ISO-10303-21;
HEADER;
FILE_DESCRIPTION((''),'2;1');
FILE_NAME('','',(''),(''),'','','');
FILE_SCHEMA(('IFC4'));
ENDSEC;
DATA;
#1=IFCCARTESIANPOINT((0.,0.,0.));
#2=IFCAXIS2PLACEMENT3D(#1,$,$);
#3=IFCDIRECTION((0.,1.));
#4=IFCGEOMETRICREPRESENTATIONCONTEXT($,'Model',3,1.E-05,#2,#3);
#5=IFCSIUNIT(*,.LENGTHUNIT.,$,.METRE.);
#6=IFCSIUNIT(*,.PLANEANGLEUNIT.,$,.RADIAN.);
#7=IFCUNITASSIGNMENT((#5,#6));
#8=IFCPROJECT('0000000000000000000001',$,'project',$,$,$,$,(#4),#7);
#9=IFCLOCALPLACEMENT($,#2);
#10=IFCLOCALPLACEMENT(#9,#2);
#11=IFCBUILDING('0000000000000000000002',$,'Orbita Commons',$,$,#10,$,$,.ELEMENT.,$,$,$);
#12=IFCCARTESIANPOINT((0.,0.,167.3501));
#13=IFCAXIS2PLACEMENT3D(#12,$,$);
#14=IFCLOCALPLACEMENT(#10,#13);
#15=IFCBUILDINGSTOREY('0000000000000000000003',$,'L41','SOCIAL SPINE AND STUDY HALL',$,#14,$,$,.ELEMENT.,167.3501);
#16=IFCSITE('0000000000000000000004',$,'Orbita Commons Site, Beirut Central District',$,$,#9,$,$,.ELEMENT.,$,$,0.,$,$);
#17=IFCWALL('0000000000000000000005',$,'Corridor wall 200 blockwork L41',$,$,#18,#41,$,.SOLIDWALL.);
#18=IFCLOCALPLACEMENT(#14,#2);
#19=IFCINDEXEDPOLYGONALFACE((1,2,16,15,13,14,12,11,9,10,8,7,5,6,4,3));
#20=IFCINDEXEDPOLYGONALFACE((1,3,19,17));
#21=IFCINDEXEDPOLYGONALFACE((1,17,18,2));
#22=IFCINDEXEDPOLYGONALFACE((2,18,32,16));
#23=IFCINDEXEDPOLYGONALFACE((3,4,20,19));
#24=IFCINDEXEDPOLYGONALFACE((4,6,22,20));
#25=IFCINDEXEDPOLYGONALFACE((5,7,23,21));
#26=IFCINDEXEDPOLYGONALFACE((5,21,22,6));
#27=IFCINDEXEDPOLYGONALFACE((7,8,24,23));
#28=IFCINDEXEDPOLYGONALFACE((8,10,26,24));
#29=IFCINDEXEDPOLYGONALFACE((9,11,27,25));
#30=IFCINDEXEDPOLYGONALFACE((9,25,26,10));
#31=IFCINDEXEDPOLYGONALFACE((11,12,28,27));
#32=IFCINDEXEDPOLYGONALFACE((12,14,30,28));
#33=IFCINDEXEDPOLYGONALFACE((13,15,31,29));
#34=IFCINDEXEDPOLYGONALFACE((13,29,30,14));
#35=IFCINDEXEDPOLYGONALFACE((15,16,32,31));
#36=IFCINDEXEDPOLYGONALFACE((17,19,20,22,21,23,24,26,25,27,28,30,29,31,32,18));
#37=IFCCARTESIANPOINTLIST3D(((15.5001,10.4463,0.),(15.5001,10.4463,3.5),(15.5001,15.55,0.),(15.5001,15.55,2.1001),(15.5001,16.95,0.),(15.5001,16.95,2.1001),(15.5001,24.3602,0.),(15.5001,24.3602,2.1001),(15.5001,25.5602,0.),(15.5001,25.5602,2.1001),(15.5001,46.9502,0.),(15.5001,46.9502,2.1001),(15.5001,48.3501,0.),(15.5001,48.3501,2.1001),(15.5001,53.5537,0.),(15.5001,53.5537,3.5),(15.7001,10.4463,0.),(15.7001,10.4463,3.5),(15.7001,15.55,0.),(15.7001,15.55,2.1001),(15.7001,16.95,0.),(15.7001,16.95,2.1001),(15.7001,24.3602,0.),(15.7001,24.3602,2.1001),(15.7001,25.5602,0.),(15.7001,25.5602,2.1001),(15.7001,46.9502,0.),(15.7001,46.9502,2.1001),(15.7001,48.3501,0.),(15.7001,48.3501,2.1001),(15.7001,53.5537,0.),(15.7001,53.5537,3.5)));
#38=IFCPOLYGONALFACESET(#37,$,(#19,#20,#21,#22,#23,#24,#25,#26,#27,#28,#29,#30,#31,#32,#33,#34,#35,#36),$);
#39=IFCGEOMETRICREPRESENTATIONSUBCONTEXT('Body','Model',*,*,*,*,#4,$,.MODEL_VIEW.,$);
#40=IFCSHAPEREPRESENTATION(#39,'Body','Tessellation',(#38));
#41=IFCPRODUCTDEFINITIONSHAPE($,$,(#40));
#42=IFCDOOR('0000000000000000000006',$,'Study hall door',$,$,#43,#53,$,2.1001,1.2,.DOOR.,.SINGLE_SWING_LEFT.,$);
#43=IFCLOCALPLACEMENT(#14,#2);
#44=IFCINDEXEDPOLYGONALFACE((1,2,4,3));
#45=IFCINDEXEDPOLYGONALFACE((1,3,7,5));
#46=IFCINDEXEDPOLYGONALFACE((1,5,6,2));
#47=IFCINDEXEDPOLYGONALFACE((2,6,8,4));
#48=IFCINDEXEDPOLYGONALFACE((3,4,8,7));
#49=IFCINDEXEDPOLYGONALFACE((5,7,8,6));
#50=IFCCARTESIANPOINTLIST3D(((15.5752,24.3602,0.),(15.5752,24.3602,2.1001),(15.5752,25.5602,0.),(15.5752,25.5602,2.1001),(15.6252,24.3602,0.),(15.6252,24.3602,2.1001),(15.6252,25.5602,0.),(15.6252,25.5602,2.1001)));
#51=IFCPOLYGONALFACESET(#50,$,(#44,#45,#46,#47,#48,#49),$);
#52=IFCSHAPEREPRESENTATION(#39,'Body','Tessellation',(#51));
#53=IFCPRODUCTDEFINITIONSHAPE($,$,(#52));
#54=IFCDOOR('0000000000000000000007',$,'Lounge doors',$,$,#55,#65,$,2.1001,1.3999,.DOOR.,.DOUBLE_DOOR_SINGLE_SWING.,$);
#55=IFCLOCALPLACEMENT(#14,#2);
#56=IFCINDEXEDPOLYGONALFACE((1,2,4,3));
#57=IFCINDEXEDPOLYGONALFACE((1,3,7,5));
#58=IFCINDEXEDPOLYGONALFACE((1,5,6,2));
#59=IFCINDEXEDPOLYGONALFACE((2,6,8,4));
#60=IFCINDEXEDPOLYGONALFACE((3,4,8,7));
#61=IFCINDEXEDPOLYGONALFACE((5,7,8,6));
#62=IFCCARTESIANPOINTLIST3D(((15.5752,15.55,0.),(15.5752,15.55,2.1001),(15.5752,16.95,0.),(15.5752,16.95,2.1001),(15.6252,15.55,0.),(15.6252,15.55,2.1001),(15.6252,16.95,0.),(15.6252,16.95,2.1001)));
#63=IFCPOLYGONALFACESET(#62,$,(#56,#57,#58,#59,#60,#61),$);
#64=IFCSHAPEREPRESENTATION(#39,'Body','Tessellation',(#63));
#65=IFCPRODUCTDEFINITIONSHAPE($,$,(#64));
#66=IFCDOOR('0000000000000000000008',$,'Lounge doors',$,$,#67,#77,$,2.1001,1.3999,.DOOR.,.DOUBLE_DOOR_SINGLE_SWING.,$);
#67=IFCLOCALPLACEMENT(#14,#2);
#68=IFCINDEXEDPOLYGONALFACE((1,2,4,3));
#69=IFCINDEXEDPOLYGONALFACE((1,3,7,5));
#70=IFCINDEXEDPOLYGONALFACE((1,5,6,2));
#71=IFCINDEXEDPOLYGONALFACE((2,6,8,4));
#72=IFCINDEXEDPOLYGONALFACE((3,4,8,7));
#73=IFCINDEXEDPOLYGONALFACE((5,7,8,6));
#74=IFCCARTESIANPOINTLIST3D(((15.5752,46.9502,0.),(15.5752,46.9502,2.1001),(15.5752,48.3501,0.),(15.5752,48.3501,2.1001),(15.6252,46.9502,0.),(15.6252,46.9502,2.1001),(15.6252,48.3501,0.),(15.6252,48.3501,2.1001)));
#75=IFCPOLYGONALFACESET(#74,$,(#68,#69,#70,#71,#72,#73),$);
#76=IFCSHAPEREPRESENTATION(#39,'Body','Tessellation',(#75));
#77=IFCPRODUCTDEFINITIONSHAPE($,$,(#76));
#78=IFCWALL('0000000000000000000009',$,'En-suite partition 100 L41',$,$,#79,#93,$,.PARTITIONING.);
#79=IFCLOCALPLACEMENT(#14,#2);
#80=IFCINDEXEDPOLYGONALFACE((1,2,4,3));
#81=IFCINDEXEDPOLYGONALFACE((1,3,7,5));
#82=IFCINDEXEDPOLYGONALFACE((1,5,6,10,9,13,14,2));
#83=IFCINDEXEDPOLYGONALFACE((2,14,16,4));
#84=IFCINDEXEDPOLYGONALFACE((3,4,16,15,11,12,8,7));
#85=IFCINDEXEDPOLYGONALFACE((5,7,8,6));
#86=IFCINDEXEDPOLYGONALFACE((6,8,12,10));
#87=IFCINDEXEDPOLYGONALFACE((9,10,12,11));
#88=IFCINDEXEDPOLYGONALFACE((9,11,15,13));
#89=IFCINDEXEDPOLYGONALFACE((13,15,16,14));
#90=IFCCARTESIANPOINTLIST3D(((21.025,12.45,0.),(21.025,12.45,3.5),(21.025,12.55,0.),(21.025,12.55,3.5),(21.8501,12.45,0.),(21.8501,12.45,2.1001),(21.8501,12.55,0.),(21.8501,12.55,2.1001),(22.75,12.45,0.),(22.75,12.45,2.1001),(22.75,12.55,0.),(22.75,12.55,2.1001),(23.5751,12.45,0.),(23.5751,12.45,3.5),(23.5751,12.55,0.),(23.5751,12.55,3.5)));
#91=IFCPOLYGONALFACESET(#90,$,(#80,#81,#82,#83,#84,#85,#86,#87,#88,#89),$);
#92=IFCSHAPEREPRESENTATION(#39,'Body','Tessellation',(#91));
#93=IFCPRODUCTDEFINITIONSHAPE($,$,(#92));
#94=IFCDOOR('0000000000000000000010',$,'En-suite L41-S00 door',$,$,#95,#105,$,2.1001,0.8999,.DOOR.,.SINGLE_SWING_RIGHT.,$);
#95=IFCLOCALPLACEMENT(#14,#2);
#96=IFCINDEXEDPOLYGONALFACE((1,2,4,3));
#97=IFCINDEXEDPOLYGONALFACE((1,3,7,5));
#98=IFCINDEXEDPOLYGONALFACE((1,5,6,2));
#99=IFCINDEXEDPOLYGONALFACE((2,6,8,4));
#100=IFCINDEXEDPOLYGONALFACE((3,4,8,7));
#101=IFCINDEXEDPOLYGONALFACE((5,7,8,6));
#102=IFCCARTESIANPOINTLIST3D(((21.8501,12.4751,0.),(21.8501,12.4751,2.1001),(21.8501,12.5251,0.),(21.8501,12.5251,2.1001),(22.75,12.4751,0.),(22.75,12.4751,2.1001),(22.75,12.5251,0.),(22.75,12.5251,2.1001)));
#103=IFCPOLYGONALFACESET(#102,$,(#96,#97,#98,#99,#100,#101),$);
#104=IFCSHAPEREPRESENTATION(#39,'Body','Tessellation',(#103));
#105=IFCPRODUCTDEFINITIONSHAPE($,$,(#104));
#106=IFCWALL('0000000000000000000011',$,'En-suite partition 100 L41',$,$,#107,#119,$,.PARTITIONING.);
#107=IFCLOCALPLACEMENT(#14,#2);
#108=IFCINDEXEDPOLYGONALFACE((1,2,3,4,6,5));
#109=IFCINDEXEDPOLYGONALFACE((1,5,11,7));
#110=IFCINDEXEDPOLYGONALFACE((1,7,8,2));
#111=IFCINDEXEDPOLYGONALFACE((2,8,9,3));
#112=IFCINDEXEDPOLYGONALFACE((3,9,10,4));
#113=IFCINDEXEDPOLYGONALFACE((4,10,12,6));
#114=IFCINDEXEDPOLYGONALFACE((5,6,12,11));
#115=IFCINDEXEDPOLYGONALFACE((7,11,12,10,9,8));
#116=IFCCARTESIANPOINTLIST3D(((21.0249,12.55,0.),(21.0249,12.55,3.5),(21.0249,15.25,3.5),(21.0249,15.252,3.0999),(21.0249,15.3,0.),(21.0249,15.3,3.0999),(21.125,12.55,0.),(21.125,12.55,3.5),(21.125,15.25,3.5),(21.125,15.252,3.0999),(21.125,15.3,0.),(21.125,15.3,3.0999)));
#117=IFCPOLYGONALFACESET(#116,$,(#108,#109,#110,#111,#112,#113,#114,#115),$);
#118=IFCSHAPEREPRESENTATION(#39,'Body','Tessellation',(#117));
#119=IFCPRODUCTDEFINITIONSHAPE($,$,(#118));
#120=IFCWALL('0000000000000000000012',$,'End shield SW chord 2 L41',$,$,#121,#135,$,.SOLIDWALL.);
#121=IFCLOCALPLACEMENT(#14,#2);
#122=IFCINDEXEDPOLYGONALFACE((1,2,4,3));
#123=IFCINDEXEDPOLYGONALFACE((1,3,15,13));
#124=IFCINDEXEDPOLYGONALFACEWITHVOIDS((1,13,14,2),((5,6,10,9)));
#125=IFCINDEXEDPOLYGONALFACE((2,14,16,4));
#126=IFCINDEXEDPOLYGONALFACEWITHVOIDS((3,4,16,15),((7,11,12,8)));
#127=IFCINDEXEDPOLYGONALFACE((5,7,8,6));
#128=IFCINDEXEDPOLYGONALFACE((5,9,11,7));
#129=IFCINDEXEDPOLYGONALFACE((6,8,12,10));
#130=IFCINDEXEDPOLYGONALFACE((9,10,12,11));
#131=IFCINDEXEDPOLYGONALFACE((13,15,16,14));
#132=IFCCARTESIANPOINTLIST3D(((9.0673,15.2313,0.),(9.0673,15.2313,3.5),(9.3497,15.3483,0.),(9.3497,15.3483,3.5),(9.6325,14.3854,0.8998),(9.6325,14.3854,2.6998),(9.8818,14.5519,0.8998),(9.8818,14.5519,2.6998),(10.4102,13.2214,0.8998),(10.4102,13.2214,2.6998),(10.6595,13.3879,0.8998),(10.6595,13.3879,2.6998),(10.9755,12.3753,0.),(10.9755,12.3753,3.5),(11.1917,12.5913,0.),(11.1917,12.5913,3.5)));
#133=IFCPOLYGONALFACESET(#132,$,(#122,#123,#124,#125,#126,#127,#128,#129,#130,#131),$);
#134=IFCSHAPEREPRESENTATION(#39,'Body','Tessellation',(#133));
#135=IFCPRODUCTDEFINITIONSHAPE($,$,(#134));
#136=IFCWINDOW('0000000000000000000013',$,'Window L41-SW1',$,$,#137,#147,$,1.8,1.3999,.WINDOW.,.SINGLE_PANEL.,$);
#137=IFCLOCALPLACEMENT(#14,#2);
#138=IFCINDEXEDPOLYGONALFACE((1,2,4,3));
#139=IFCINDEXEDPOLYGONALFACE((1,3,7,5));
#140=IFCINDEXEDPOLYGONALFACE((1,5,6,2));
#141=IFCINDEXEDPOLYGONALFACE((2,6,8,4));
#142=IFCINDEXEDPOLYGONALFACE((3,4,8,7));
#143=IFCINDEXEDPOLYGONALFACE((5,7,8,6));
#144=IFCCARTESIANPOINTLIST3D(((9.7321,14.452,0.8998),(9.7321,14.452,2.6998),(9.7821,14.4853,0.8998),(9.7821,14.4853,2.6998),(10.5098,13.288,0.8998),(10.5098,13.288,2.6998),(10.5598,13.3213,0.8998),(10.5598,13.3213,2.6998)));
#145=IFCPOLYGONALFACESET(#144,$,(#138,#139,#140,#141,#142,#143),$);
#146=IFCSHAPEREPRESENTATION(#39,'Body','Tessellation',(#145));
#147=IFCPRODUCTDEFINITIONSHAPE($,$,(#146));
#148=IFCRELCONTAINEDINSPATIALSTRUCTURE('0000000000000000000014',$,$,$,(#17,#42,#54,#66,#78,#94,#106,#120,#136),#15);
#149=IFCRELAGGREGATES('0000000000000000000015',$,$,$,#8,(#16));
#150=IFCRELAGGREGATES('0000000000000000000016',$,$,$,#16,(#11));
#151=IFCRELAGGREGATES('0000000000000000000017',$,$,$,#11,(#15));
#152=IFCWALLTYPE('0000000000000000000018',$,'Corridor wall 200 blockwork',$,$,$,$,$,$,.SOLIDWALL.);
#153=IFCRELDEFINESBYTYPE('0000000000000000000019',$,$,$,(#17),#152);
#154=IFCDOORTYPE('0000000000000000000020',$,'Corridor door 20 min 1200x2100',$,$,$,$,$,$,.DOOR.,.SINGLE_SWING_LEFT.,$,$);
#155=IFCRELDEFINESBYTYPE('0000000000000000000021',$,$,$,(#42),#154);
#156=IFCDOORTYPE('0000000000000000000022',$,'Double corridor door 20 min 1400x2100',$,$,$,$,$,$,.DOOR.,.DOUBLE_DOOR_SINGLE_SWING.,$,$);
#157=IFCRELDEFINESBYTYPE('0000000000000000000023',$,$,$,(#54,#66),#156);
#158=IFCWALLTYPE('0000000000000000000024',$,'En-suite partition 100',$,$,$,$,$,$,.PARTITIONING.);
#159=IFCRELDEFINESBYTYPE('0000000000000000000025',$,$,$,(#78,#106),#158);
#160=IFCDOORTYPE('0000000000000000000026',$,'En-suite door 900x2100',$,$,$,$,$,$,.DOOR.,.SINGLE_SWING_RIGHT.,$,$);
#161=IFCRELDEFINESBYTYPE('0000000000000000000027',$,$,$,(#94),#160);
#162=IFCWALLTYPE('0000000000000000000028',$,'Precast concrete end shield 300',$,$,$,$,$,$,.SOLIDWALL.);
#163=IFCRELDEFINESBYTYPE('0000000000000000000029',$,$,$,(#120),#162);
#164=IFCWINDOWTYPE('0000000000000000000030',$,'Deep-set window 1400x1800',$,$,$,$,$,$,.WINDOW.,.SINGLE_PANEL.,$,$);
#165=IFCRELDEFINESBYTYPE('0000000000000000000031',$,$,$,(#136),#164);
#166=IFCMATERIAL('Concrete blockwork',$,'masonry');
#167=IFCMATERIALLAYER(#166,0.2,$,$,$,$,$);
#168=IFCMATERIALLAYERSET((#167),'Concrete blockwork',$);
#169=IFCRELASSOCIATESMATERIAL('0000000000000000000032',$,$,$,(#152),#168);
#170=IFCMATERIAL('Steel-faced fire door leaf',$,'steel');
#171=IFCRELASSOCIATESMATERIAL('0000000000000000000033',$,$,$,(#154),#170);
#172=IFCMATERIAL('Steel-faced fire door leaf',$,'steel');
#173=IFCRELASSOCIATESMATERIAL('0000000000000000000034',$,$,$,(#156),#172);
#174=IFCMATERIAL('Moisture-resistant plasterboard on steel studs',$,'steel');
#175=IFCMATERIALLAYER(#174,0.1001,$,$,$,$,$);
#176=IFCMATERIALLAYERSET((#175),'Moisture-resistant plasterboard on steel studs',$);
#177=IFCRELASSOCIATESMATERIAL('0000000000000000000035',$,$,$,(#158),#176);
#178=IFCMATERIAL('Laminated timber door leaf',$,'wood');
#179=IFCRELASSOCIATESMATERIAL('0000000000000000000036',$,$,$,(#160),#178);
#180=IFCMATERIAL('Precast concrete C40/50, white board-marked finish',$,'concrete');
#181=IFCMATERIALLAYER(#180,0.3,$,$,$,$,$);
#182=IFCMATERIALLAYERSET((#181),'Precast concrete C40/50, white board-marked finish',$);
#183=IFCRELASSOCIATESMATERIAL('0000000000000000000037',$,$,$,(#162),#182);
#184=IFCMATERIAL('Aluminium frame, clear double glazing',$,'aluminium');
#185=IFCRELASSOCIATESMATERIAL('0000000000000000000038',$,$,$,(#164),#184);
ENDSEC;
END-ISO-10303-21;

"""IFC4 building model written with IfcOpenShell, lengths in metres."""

from ifc_helpers import new_model, si_unit, direction, frame, frame_2d, origin, place, context, subcontext, project, spatial, polyline, rectangle, outline, extrude, material, layer, layer_set, type_object, element, fill, save


model = new_model("IFC4")

# Units and contexts
model_context = context("Model", 3, precision=1e-05, world=origin(), true_north=direction((0.0, 1.0)))
body_context = subcontext(model_context, "Body", "Model", "MODEL_VIEW")
ifc_project = project(units=[si_unit("LENGTHUNIT", "METRE"), si_unit("PLANEANGLEUNIT", "RADIAN")], contexts=[model_context])

# Site, building, storey
site_placement = place(None, origin())
site = spatial("IfcSite", under=ifc_project, at=site_placement, Name="Orbita Commons Site, Beirut Central District", CompositionType="ELEMENT", RefElevation=0.0)
building_placement = place(site_placement, origin())
building = spatial("IfcBuilding", under=site, at=building_placement, Name="Orbita Commons", CompositionType="ELEMENT")
storey_placement = place(building_placement, frame((0.0, 0.0, 167.3501)))
storey = spatial("IfcBuildingStorey", under=building, at=storey_placement, Name="L41", Description="SOCIAL SPINE AND STUDY HALL", CompositionType="ELEMENT", Elevation=167.3501)

# Shared definitions
ifc_material_1 = material(Name="Concrete blockwork", Category="masonry")
ifc_layer_1 = layer(ifc_material_1, 0.2)
ifc_layer_set_1 = layer_set([ifc_layer_1], Name="Concrete blockwork")
wall_type_1 = type_object("IfcWallType", Name="Corridor wall 200 blockwork", PredefinedType="SOLIDWALL", material=ifc_layer_set_1)

# Wall, openings, doors
wall_1_placement = place(storey_placement, frame((15.6001, 10.4463, 0.0), z_axis=(0.0, 0.0, 1.0), x_axis=(0.0, 1.0, 0.0)))
wall_1 = element("IfcWall", 1, at=wall_1_placement, inside=storey, type_object=wall_type_1, Name="Corridor wall 200 blockwork L41", PredefinedType="SOLIDWALL", context=body_context, shape_type="SweptSolid", body=[
    extrude(rectangle(XDim=43.1074, YDim=0.2, at=frame_2d((21.5537, 0.0))), origin(), (0.0, 0.0, 1.0), 3.5),
])
opening_1_placement = place(wall_1_placement, frame((13.9138, 0.0, 0.0)))
opening_1 = element("IfcOpeningElement", 2, at=opening_1_placement, cuts=wall_1, PredefinedType="OPENING", context=body_context, shape_type="SweptSolid", body=[
    extrude(rectangle(XDim=1.2, YDim=2.1001, at=frame_2d((0.6001, 1.05))), frame((0.0, 0.1099, 0.0), z_axis=(0.0, -1.0, 0.0), x_axis=(1.0, 0.0, 0.0)), (0.0, 0.0, 1.0), 0.22),
])
opening_2_placement = place(wall_1_placement, frame((5.1038, 0.0, 0.0)))
opening_2 = element("IfcOpeningElement", 3, at=opening_2_placement, cuts=wall_1, PredefinedType="OPENING", context=body_context, shape_type="SweptSolid", body=[
    extrude(rectangle(XDim=1.3999, YDim=2.1001, at=frame_2d((0.7, 1.05))), frame((0.0, 0.1099, 0.0), z_axis=(0.0, -1.0, 0.0), x_axis=(1.0, 0.0, 0.0)), (0.0, 0.0, 1.0), 0.22),
])
opening_3_placement = place(wall_1_placement, frame((36.5039, 0.0, 0.0)))
opening_3 = element("IfcOpeningElement", 4, at=opening_3_placement, cuts=wall_1, PredefinedType="OPENING", context=body_context, shape_type="SweptSolid", body=[
    extrude(rectangle(XDim=1.3999, YDim=2.1001, at=frame_2d((0.7, 1.05))), frame((0.0, 0.1099, 0.0), z_axis=(0.0, -1.0, 0.0), x_axis=(1.0, 0.0, 0.0)), (0.0, 0.0, 1.0), 0.22),
])
ifc_material_2 = material(Name="Steel-faced fire door leaf", Category="steel")
door_type_1 = type_object("IfcDoorType", Name="Corridor door 20 min 1200x2100", OperationType="SINGLE_SWING_LEFT", PredefinedType="DOOR", material=ifc_material_2)
door_1_placement = place(opening_1_placement, origin())
door_1 = element("IfcDoor", 5, at=door_1_placement, inside=storey, type_object=door_type_1, Name="Study hall door", OperationType="SINGLE_SWING_LEFT", OverallHeight=2.1001, OverallWidth=1.2, PredefinedType="DOOR", context=body_context, shape_type="SweptSolid", body=[
    extrude(rectangle(XDim=1.2, YDim=2.1001, at=frame_2d((0.6001, 1.05))), frame((0.0, 0.0249, 0.0), z_axis=(0.0, -1.0, 0.0), x_axis=(1.0, 0.0, 0.0)), (0.0, 0.0, 1.0), 0.05),
])
fill(opening_1, door_1)
ifc_material_3 = material(Name="Steel-faced fire door leaf", Category="steel")
door_type_2 = type_object("IfcDoorType", Name="Double corridor door 20 min 1400x2100", OperationType="DOUBLE_DOOR_SINGLE_SWING", PredefinedType="DOOR", material=ifc_material_3)
door_2_placement = place(opening_2_placement, origin())
door_2 = element("IfcDoor", 6, at=door_2_placement, inside=storey, type_object=door_type_2, Name="Lounge doors", OperationType="DOUBLE_DOOR_SINGLE_SWING", OverallHeight=2.1001, OverallWidth=1.3999, PredefinedType="DOOR", context=body_context, shape_type="SweptSolid", body=[
    extrude(rectangle(XDim=1.3999, YDim=2.1001, at=frame_2d((0.7, 1.05))), frame((0.0, 0.0249, 0.0), z_axis=(0.0, -1.0, 0.0), x_axis=(1.0, 0.0, 0.0)), (0.0, 0.0, 1.0), 0.05),
])
fill(opening_2, door_2)
door_3_placement = place(opening_3_placement, origin())
door_3 = element("IfcDoor", 7, at=door_3_placement, inside=storey, type_object=door_type_2, Name="Lounge doors", OperationType="DOUBLE_DOOR_SINGLE_SWING", OverallHeight=2.1001, OverallWidth=1.3999, PredefinedType="DOOR", context=body_context, shape_type="SweptSolid", body=[
    extrude(rectangle(XDim=1.3999, YDim=2.1001, at=frame_2d((0.7, 1.05))), frame((0.0, 0.0249, 0.0), z_axis=(0.0, -1.0, 0.0), x_axis=(1.0, 0.0, 0.0)), (0.0, 0.0, 1.0), 0.05),
])
fill(opening_3, door_3)

# Wall, opening, door
ifc_material_4 = material(Name="Moisture-resistant plasterboard on steel studs", Category="steel")
ifc_layer_2 = layer(ifc_material_4, 0.1001)
ifc_layer_set_2 = layer_set([ifc_layer_2], Name="Moisture-resistant plasterboard on steel studs")
wall_type_2 = type_object("IfcWallType", Name="En-suite partition 100", PredefinedType="PARTITIONING", material=ifc_layer_set_2)
wall_2_placement = place(storey_placement, frame((23.575, 12.5, 0.0), z_axis=(0.0, 0.0, 1.0), x_axis=(-1.0, 0.0, 0.0)))
wall_2 = element("IfcWall", 8, at=wall_2_placement, inside=storey, type_object=wall_type_2, Name="En-suite partition 100 L41", PredefinedType="PARTITIONING", context=body_context, shape_type="SweptSolid", body=[
    extrude(rectangle(XDim=2.55, YDim=0.1001, at=frame_2d((1.2749, 0.0))), origin(), (0.0, 0.0, 1.0), 3.5),
])
opening_4_placement = place(wall_2_placement, frame((0.825, 0.0, 0.0)))
opening_4 = element("IfcOpeningElement", 9, at=opening_4_placement, cuts=wall_2, PredefinedType="OPENING", context=body_context, shape_type="SweptSolid", body=[
    extrude(rectangle(XDim=0.8999, YDim=2.1001, at=frame_2d((0.45, 1.05))), frame((0.0, 0.0601, 0.0), z_axis=(0.0, -1.0, 0.0), x_axis=(1.0, 0.0, 0.0)), (0.0, 0.0, 1.0), 0.1201),
])
ifc_material_5 = material(Name="Laminated timber door leaf", Category="wood")
door_type_3 = type_object("IfcDoorType", Name="En-suite door 900x2100", OperationType="SINGLE_SWING_RIGHT", PredefinedType="DOOR", material=ifc_material_5)
door_4_placement = place(opening_4_placement, origin())
door_4 = element("IfcDoor", 10, at=door_4_placement, inside=storey, type_object=door_type_3, Name="En-suite L41-S00 door", OperationType="SINGLE_SWING_RIGHT", OverallHeight=2.1001, OverallWidth=0.8999, PredefinedType="DOOR", context=body_context, shape_type="SweptSolid", body=[
    extrude(rectangle(XDim=0.8999, YDim=2.1001, at=frame_2d((0.45, 1.05))), frame((0.0, 0.0249, 0.0), z_axis=(0.0, -1.0, 0.0), x_axis=(1.0, 0.0, 0.0)), (0.0, 0.0, 1.0), 0.05),
])
fill(opening_4, door_4)

# Wall
wall_3_placement = place(storey_placement, frame((21.075, 12.55, 0.0), z_axis=(0.0, 0.0, 1.0), x_axis=(0.0, 1.0, 0.0)))
element("IfcWall", 11, at=wall_3_placement, inside=storey, type_object=wall_type_2, Name="En-suite partition 100 L41", PredefinedType="PARTITIONING", context=body_context, shape_type="SweptSolid", body=[
    extrude(outline(polyline([(0.0, 0.0), (2.75, 0.0), (2.75, 3.0999), (2.7019, 3.0999), (2.7, 3.5), (0.0, 3.5), (0.0, 0.0)])), frame((0.0, 0.05, 0.0), z_axis=(0.0, -1.0, 0.0), x_axis=(1.0, 0.0, 0.0)), (0.0, 0.0, 1.0), 0.1001),
])

# Wall, opening, window
ifc_material_6 = material(Name="Precast concrete C40/50, white board-marked finish", Category="concrete")
ifc_layer_3 = layer(ifc_material_6, 0.3)
ifc_layer_set_3 = layer_set([ifc_layer_3], Name="Precast concrete C40/50, white board-marked finish")
wall_type_3 = type_object("IfcWallType", Name="Precast concrete end shield 300", PredefinedType="SOLIDWALL", material=ifc_layer_set_3)
wall_4_placement = place(storey_placement, frame((9.2085, 15.2898, 0.0), z_axis=(0.0, 0.0, 1.0), x_axis=(0.555535, -0.831493, 0.0)))
wall_4 = element("IfcWall", 12, at=wall_4_placement, inside=storey, type_object=wall_type_3, Name="End shield SW chord 2 L41", PredefinedType="SOLIDWALL", context=body_context, shape_type="SweptSolid", body=[
    extrude(outline(polyline([(-0.0298, -0.1499), (3.405, -0.1499), (3.3455, 0.1499), (0.0298, 0.1499), (-0.0298, -0.1499)])), origin(), (0.0, 0.0, 1.0), 3.5),
])
opening_5_placement = place(wall_4_placement, frame((0.9875, 0.0, 0.8999)))
opening_5 = element("IfcOpeningElement", 13, at=opening_5_placement, cuts=wall_4, PredefinedType="OPENING", context=body_context, shape_type="SweptSolid", body=[
    extrude(rectangle(XDim=1.3999, YDim=1.8, at=frame_2d((0.7, 0.8999))), frame((0.0, 0.1599, 0.0), z_axis=(0.0, -1.0, 0.0), x_axis=(1.0, 0.0, 0.0)), (0.0, 0.0, 1.0), 0.3201),
])
ifc_material_7 = material(Name="Aluminium frame, clear double glazing", Category="aluminium")
window_type = type_object("IfcWindowType", Name="Deep-set window 1400x1800", PartitioningType="SINGLE_PANEL", PredefinedType="WINDOW", material=ifc_material_7)
window_1_placement = place(opening_5_placement, origin())
window_1 = element("IfcWindow", 14, at=window_1_placement, inside=storey, type_object=window_type, Name="Window L41-SW1", OverallHeight=1.8, OverallWidth=1.3999, PartitioningType="SINGLE_PANEL", PredefinedType="WINDOW", context=body_context, shape_type="SweptSolid", body=[
    extrude(rectangle(XDim=1.3999, YDim=1.8, at=frame_2d((0.7, 0.8999))), frame((0.0, 0.03, 0.0), z_axis=(0.0, -1.0, 0.0), x_axis=(1.0, 0.0, 0.0)), (0.0, 0.0, 1.0), 0.0601),
])
fill(opening_5, window_1)

save(model, "model.ifc")
